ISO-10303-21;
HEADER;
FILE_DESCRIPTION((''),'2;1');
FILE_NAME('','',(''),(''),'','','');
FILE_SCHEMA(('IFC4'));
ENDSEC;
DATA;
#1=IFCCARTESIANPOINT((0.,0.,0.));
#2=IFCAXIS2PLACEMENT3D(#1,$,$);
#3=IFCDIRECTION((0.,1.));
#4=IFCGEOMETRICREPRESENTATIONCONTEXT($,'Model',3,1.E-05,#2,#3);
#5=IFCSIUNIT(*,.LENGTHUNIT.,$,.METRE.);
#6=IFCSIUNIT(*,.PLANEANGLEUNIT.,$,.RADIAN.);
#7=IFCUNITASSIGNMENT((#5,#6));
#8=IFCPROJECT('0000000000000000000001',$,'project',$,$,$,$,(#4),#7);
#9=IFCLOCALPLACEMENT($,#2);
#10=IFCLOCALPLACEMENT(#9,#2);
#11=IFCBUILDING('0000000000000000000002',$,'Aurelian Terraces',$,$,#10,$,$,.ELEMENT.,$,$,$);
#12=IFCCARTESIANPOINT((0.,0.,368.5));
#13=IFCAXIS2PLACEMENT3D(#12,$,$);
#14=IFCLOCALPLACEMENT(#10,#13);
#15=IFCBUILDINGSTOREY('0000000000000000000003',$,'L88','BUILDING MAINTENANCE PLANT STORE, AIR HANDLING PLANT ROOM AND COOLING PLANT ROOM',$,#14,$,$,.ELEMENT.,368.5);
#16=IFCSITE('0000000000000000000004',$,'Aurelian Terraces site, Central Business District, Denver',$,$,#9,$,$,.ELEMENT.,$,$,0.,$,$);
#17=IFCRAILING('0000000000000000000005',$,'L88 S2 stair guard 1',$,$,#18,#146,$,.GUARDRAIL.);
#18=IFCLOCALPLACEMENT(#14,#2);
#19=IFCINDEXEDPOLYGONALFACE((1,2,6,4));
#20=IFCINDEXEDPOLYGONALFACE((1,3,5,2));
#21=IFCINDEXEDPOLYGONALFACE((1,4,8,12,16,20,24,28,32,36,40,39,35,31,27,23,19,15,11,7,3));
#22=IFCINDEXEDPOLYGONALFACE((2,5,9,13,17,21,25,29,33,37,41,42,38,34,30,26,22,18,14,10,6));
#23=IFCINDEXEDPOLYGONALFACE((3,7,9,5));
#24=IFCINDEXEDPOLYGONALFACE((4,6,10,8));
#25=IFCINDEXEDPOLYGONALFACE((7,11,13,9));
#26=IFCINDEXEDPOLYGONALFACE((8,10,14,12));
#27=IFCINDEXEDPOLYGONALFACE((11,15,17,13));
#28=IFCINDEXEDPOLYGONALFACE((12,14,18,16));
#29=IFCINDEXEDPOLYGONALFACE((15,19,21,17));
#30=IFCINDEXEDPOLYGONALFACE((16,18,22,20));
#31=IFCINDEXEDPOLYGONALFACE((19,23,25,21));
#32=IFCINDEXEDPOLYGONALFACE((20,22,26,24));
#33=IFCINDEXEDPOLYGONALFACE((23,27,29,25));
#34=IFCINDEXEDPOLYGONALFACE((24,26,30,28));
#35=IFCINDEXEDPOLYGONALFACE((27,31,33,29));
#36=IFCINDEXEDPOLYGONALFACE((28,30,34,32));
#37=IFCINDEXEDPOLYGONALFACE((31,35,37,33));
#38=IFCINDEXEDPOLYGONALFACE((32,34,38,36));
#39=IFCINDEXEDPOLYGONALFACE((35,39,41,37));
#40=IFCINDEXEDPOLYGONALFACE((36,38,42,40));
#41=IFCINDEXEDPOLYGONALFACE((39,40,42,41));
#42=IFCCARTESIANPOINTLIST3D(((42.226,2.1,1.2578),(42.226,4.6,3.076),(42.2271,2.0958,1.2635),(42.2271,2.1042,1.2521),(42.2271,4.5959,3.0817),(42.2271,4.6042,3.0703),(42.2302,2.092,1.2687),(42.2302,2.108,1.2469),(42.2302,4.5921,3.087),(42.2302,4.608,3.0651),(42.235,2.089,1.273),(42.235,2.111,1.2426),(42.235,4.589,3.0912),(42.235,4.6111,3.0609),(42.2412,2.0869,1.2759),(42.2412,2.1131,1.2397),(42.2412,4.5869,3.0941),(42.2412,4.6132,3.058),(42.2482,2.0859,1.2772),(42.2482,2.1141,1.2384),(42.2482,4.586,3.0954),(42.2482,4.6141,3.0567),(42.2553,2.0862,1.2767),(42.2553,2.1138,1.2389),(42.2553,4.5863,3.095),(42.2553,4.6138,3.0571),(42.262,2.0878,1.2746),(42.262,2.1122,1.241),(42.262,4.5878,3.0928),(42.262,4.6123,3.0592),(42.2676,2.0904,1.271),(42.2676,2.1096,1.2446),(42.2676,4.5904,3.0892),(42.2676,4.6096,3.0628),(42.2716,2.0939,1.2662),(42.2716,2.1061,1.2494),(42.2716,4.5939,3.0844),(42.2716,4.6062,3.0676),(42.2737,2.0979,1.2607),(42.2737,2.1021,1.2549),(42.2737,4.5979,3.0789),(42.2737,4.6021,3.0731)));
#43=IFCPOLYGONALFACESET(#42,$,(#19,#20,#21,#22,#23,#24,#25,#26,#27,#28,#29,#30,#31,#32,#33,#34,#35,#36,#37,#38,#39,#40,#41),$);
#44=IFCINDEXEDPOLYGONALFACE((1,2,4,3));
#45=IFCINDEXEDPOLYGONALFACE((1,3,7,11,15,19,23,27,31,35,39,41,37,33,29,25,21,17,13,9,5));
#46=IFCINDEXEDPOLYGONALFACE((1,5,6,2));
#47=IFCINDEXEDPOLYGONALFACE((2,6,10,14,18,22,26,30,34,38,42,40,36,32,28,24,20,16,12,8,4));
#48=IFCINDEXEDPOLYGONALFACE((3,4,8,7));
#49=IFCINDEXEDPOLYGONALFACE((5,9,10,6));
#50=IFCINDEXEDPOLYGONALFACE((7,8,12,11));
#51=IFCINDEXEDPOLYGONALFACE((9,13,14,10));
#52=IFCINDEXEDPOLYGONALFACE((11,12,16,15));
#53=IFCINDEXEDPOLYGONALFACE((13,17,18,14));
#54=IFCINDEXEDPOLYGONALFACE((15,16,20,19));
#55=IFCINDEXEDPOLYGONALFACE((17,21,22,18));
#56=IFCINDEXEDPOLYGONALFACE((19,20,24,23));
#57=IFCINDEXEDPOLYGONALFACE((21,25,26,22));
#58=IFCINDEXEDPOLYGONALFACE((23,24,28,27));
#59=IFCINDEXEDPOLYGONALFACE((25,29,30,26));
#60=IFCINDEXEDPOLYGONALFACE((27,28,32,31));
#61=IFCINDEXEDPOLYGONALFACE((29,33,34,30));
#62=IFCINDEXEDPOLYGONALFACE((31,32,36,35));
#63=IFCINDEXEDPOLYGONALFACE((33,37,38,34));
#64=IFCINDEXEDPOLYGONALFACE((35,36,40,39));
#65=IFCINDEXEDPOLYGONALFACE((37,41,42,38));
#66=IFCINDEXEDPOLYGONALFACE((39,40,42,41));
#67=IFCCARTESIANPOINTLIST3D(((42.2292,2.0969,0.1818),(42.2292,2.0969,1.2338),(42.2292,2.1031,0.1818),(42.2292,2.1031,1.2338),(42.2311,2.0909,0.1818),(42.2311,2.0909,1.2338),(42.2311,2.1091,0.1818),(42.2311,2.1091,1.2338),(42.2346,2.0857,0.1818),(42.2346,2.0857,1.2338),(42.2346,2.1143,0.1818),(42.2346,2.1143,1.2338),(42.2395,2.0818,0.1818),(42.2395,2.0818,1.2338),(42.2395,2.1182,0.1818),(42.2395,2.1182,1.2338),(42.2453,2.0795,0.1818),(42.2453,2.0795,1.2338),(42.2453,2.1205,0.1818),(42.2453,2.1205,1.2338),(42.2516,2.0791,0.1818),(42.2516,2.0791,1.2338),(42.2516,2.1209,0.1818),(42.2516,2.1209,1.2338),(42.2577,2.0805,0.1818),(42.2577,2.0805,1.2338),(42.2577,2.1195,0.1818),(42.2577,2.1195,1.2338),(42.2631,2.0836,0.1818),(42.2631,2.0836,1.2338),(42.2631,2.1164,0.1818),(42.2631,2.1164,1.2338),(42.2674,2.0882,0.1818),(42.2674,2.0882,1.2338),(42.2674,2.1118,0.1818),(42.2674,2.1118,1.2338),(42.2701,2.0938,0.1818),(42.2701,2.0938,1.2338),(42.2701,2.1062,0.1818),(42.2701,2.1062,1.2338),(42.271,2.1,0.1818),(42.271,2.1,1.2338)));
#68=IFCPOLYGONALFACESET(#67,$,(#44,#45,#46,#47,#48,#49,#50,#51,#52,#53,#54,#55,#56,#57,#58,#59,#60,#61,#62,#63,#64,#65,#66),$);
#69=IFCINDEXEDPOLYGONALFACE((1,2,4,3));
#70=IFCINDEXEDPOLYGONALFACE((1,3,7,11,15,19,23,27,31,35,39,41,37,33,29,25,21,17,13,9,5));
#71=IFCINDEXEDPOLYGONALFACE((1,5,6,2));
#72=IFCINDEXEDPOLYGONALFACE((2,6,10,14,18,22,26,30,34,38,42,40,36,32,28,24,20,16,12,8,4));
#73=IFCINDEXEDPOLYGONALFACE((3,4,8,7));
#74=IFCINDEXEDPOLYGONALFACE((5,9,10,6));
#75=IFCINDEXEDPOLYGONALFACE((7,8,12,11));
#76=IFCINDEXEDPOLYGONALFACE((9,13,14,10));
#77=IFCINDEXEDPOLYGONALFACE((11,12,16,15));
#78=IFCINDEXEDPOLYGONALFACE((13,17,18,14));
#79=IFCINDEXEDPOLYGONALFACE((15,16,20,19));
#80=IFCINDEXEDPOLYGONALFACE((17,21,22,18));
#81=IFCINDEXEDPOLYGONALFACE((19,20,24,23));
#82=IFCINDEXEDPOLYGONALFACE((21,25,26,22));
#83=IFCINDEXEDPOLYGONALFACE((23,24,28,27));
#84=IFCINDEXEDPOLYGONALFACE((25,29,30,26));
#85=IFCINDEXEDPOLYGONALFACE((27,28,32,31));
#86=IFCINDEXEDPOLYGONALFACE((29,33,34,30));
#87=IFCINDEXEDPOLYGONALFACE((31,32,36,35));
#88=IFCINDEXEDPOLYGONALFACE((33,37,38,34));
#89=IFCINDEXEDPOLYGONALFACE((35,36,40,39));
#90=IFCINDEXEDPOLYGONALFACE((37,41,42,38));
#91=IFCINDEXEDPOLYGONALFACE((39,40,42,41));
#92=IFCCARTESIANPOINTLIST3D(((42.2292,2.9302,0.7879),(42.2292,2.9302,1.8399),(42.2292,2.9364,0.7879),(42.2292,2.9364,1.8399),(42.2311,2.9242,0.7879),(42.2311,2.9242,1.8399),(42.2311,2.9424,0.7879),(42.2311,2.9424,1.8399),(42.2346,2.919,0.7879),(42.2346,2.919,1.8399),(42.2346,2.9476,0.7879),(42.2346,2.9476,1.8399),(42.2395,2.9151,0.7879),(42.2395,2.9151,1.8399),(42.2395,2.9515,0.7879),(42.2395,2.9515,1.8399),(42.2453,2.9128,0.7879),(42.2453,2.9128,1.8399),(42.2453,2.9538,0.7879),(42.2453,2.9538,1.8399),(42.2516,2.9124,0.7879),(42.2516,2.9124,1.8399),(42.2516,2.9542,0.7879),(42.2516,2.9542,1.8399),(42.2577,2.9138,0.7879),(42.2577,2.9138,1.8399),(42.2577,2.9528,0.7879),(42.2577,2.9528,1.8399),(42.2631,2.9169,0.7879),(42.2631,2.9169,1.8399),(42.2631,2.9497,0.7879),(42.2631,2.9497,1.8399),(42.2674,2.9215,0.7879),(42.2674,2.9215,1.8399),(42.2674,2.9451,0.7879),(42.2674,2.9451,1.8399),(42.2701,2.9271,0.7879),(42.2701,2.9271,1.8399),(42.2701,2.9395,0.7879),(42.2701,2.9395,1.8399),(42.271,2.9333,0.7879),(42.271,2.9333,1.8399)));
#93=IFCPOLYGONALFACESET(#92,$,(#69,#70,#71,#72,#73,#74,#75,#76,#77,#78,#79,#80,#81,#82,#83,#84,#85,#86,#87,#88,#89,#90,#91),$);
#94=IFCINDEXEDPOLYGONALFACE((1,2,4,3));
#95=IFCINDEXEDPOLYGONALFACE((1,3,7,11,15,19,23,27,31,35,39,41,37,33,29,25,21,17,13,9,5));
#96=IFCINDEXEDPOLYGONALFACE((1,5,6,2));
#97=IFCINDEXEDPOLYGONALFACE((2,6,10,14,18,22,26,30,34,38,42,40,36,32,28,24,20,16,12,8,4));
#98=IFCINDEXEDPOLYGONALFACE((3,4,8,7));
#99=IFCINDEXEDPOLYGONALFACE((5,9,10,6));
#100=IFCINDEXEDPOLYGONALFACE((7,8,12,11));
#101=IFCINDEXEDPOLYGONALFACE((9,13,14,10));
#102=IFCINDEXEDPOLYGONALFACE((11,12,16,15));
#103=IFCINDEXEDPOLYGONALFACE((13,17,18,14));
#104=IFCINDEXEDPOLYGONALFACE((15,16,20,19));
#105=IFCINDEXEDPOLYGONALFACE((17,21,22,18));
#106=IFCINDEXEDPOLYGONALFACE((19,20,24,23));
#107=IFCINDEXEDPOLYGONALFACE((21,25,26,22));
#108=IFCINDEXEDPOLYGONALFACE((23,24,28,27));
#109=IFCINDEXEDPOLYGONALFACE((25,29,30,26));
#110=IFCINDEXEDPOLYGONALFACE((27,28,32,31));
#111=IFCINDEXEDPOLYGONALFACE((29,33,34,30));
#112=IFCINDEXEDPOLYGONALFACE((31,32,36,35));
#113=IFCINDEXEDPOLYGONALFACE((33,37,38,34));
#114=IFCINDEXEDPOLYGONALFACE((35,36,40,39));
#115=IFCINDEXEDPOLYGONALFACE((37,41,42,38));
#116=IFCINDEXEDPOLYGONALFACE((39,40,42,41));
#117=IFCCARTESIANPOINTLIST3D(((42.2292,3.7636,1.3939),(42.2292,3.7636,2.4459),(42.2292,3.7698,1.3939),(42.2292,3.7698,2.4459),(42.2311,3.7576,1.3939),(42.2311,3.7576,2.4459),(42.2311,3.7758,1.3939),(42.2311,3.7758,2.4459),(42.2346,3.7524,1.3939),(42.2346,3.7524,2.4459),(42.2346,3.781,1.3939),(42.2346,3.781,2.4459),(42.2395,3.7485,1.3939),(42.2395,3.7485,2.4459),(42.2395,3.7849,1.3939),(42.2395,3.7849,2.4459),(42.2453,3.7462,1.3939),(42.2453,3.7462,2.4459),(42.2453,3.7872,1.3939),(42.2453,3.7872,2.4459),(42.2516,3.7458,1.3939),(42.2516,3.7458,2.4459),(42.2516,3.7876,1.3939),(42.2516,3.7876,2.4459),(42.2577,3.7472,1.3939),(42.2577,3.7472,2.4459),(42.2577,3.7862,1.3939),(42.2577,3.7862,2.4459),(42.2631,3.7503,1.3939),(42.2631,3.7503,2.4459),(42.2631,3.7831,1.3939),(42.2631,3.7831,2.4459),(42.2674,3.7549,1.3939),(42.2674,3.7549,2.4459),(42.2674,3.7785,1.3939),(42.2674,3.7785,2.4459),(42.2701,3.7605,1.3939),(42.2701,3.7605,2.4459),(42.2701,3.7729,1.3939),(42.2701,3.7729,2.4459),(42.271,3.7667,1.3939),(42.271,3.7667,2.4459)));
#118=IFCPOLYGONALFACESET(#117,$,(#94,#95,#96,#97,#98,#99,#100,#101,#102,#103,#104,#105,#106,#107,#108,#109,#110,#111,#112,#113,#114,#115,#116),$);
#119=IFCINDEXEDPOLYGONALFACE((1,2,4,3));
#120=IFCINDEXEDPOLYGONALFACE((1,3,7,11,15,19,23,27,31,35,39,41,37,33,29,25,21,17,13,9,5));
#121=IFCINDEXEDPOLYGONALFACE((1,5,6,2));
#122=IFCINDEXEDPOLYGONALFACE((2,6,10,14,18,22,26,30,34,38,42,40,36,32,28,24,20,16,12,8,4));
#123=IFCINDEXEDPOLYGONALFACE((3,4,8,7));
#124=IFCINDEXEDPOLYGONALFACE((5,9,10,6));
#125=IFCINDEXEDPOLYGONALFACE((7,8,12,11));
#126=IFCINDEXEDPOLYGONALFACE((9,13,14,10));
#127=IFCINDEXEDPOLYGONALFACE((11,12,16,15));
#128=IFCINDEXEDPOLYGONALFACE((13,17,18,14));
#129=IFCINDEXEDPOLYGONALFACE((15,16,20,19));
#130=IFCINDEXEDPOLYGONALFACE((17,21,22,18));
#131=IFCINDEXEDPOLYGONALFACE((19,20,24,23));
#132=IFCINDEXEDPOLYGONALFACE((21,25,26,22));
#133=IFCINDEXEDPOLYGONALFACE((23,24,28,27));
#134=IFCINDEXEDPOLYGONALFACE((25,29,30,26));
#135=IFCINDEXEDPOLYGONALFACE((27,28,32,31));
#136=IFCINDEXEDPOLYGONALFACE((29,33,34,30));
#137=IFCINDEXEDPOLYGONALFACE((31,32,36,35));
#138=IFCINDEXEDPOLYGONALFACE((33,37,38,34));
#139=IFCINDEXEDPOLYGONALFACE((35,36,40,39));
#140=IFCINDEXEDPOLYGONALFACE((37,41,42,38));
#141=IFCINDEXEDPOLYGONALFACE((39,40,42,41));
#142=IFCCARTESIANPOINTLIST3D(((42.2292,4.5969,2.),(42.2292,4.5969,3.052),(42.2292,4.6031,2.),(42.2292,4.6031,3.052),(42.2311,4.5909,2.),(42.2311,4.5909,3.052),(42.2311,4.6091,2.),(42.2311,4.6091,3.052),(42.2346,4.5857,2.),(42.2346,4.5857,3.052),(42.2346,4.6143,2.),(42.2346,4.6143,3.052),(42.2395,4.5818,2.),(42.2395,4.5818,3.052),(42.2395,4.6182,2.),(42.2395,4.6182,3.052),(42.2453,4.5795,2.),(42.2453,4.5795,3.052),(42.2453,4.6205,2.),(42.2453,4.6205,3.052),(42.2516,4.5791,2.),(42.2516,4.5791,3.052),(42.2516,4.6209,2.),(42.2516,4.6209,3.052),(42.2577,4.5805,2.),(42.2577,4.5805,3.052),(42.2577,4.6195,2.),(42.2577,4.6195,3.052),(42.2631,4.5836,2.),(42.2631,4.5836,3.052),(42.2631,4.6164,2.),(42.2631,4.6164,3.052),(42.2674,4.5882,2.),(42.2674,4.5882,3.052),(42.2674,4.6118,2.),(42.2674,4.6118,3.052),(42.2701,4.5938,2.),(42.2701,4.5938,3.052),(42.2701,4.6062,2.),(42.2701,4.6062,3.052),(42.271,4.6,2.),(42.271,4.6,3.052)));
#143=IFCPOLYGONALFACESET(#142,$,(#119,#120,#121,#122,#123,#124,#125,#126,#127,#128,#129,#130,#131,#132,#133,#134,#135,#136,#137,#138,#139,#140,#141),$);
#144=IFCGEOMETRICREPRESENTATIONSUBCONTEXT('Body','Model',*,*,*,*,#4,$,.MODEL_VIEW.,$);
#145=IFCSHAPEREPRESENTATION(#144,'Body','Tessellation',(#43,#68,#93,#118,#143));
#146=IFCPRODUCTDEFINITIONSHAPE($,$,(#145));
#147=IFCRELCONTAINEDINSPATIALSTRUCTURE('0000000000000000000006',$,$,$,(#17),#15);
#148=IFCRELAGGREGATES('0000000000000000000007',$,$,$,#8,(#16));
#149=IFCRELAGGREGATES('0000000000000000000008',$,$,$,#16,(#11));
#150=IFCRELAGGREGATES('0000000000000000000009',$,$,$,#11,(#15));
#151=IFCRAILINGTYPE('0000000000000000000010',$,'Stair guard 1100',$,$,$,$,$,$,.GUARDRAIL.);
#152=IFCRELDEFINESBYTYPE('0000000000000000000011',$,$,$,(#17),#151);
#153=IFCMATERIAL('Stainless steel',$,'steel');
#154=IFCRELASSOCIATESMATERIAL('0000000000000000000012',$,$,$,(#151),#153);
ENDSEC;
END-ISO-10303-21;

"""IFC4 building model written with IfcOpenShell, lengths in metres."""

from ifc_helpers import new_model, si_unit, direction, frame, origin, origin_2d, place, context, subcontext, project, spatial, circle, extrude, source, transform, mapped, material, type_object, element, save


model = new_model("IFC4")

# Units and contexts
model_context = context("Model", 3, precision=1e-05, world=origin(), true_north=direction((0.0, 1.0)))
body_context = subcontext(model_context, "Body", "Model", "MODEL_VIEW")
ifc_project = project(units=[si_unit("LENGTHUNIT", "METRE"), si_unit("PLANEANGLEUNIT", "RADIAN")], contexts=[model_context])

# Site, building, storey
site_placement = place(None, origin())
site = spatial("IfcSite", under=ifc_project, at=site_placement, Name="Aurelian Terraces site, Central Business District, Denver", CompositionType="ELEMENT", RefElevation=0.0)
building_placement = place(site_placement, origin())
building = spatial("IfcBuilding", under=site, at=building_placement, Name="Aurelian Terraces", CompositionType="ELEMENT")
storey_placement = place(building_placement, frame((0.0, 0.0, 368.5)))
storey = spatial("IfcBuildingStorey", under=building, at=storey_placement, Name="L88", Description="BUILDING MAINTENANCE PLANT STORE, AIR HANDLING PLANT ROOM AND COOLING PLANT ROOM", CompositionType="ELEMENT", Elevation=368.5)

# Railing
ifc_material_1 = material(Name="Stainless steel", Category="steel")
railing_type_1 = type_object("IfcRailingType", Name="Stair guard 1100", PredefinedType="GUARDRAIL", material=ifc_material_1)
shared_shape_1 = source(origin(), body_context, "Body", "SweptSolid", [
    extrude(circle(Radius=0.024, at=origin_2d()), frame((0.0, 0.0, 1.076), z_axis=(0.0, 0.808733, 0.588176), x_axis=(-1.0, 0.0, 0.0)), (0.0, 0.0, 1.0), 3.0913),
    extrude(circle(Radius=0.021, at=origin_2d()), origin(), (0.0, 0.0, 1.0), 1.052),
    extrude(circle(Radius=0.021, at=origin_2d()), frame((0.0, 0.8333, 0.6061)), (0.0, 0.0, 1.0), 1.052),
    extrude(circle(Radius=0.021, at=origin_2d()), frame((0.0, 1.6667, 1.2121)), (0.0, 0.0, 1.0), 1.052),
    extrude(circle(Radius=0.021, at=origin_2d()), frame((0.0, 2.5, 1.8182)), (0.0, 0.0, 1.0), 1.052),
])
railing_1_placement = place(storey_placement, frame((42.25, 2.1, 0.1818)))
element("IfcRailing", 1, at=railing_1_placement, inside=storey, type_object=railing_type_1, Name="L88 S2 stair guard 1", PredefinedType="GUARDRAIL", context=body_context, shape_type="MappedRepresentation", body=[
    mapped(shared_shape_1, transform((0.0, 0.0, 0.0), scale=1.0)),
])

save(model, "model.ifc")
